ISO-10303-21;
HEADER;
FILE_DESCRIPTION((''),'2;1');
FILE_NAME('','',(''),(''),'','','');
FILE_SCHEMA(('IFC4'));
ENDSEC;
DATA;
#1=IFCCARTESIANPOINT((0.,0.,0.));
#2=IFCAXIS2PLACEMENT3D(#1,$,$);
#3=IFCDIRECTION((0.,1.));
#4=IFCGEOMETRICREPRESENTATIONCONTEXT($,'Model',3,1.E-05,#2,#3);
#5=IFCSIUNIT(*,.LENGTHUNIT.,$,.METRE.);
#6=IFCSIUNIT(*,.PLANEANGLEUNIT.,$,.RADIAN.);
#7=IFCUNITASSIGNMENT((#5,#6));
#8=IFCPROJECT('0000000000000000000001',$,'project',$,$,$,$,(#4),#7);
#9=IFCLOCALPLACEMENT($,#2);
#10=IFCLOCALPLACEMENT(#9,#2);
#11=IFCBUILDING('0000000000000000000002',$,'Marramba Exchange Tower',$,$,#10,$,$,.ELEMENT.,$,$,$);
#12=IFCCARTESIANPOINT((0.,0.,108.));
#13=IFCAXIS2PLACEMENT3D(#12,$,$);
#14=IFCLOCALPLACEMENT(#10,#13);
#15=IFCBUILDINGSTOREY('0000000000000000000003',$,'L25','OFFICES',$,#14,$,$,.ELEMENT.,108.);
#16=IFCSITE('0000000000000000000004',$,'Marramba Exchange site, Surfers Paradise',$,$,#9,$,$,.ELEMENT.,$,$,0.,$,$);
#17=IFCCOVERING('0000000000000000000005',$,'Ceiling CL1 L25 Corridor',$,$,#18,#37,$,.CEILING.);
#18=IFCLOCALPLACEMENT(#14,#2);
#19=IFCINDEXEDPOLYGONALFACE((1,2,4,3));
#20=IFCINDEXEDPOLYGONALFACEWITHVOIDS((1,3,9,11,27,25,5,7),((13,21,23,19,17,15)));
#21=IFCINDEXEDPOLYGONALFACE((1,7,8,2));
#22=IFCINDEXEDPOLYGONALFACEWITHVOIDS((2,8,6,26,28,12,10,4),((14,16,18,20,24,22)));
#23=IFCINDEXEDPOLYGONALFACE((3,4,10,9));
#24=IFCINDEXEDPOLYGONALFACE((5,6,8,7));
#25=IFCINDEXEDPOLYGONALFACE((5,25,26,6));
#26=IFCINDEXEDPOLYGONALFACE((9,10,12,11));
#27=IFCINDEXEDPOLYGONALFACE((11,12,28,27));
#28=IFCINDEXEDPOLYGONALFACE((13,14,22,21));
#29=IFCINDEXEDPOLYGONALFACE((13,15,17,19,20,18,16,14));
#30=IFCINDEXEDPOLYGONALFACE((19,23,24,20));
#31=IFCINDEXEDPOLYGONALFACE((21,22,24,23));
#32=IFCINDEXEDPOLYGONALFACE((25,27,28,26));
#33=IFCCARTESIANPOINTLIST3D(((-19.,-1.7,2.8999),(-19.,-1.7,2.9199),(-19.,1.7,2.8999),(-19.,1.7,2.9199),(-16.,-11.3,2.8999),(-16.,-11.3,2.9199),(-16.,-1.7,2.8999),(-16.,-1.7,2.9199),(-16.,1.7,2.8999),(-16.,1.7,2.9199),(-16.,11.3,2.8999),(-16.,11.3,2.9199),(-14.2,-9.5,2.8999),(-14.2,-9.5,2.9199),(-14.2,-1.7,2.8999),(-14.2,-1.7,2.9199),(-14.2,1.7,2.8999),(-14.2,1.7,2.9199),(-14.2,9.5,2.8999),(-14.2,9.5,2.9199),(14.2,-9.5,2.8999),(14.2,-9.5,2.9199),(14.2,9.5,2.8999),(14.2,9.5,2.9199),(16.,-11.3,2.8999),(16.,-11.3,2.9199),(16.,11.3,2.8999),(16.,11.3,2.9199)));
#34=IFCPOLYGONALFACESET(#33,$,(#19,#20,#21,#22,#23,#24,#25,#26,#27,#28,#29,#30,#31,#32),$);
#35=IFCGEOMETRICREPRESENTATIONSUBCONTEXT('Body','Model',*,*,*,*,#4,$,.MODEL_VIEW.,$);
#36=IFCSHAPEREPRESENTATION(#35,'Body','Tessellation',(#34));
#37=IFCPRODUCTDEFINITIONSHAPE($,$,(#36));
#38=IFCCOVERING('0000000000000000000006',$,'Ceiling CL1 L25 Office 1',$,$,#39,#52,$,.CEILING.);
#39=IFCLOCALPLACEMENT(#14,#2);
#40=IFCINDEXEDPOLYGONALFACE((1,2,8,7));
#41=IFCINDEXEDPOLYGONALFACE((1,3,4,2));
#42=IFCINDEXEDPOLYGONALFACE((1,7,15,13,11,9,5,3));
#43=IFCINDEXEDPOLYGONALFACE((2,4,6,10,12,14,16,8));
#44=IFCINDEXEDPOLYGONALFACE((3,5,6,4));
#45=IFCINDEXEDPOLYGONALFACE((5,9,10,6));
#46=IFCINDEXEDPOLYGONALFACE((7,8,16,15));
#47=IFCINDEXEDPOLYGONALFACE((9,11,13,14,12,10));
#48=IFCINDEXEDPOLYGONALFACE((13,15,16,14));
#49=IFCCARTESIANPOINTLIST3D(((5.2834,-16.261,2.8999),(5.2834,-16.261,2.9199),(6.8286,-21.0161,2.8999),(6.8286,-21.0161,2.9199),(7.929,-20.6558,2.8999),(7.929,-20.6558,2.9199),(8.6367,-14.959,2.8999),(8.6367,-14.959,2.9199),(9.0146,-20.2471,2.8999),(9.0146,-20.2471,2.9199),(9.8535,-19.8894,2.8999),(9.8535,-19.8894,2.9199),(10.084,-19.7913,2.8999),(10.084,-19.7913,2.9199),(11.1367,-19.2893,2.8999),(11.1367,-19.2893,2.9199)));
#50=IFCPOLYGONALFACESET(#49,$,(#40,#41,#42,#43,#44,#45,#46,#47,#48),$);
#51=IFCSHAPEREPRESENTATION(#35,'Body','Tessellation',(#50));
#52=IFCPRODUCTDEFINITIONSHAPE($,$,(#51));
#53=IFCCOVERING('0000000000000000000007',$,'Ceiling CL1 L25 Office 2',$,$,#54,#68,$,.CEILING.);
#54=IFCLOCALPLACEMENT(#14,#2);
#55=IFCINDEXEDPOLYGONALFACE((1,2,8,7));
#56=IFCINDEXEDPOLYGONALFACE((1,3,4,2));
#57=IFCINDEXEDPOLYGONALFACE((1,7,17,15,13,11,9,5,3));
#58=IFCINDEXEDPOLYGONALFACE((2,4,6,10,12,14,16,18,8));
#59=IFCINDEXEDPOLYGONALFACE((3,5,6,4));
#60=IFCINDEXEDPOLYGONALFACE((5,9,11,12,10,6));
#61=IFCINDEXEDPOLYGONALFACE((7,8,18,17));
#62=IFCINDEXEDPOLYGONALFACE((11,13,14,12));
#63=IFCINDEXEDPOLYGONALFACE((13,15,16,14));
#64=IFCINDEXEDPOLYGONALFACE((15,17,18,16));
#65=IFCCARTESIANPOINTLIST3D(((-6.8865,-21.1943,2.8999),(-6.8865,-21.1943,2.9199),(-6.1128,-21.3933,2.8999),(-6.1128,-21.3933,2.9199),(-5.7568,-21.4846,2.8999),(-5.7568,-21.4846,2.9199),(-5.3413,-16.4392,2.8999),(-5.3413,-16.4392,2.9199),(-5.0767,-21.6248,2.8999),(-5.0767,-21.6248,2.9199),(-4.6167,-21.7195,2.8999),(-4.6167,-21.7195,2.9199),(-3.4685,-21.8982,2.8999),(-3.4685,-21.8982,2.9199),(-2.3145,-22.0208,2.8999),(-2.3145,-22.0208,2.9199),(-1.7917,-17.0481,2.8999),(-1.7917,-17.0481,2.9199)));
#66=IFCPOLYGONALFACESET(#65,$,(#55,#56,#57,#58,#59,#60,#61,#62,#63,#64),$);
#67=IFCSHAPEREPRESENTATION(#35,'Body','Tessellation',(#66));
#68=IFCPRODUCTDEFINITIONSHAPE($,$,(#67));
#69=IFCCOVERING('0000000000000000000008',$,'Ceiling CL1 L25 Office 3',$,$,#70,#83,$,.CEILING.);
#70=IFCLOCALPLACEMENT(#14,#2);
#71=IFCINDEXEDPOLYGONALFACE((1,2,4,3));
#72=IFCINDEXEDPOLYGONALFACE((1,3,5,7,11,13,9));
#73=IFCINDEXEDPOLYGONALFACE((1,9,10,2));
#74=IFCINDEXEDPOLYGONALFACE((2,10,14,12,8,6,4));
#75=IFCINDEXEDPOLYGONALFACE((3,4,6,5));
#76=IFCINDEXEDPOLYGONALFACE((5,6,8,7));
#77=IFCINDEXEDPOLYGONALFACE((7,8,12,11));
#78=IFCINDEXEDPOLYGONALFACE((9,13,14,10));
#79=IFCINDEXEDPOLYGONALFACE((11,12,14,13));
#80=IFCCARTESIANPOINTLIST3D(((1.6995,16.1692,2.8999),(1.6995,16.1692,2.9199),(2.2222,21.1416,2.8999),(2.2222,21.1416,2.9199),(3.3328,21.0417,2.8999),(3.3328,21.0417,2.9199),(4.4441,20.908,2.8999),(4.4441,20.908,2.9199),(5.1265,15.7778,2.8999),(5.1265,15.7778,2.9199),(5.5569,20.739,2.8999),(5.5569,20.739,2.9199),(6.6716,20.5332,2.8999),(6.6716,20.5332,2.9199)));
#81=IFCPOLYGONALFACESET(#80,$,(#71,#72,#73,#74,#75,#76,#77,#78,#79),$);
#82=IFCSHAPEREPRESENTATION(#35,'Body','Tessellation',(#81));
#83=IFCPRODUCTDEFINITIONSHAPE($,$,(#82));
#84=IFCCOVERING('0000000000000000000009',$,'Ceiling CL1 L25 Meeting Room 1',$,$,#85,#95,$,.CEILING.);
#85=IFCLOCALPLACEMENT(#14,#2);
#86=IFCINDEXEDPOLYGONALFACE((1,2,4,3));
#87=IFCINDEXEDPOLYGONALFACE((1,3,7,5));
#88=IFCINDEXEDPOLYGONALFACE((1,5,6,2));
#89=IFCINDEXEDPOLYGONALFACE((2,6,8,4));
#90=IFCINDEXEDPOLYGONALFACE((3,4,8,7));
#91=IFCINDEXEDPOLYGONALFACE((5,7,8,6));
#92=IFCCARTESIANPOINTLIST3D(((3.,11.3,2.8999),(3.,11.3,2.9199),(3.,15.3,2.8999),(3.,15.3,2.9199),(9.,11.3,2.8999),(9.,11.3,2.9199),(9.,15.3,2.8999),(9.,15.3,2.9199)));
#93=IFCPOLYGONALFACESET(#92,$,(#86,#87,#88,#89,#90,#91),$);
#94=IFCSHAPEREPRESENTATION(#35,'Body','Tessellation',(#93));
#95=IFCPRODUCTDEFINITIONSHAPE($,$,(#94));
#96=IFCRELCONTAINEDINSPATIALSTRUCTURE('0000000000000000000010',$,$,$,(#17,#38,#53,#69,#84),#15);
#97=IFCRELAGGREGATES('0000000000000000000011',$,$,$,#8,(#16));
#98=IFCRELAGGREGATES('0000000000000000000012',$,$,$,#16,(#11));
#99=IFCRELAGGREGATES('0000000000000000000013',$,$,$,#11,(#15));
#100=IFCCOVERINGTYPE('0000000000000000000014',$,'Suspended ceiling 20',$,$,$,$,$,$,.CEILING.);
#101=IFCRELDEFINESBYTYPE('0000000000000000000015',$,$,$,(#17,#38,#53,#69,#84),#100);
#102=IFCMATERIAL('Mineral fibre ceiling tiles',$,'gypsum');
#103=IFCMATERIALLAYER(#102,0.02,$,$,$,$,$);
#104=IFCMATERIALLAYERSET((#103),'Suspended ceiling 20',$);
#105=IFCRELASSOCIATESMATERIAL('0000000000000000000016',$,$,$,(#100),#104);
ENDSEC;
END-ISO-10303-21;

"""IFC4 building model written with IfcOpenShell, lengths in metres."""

from ifc_helpers import new_model, si_unit, direction, frame, origin, place, context, subcontext, project, spatial, polyline, outline, extrude, material, layer, layer_set, type_object, element, save


model = new_model("IFC4")

# Units and contexts
model_context = context("Model", 3, precision=1e-05, world=origin(), true_north=direction((0.0, 1.0)))
body_context = subcontext(model_context, "Body", "Model", "MODEL_VIEW")
ifc_project = project(units=[si_unit("LENGTHUNIT", "METRE"), si_unit("PLANEANGLEUNIT", "RADIAN")], contexts=[model_context])

# Site, building, storey
site_placement = place(None, origin())
site = spatial("IfcSite", under=ifc_project, at=site_placement, Name="Marramba Exchange site, Surfers Paradise", CompositionType="ELEMENT", RefElevation=0.0)
building_placement = place(site_placement, origin())
building = spatial("IfcBuilding", under=site, at=building_placement, Name="Marramba Exchange Tower", CompositionType="ELEMENT")
storey_placement = place(building_placement, frame((0.0, 0.0, 108.0)))
storey = spatial("IfcBuildingStorey", under=building, at=storey_placement, Name="L25", Description="OFFICES", CompositionType="ELEMENT", Elevation=108.0)

# Coverings
ifc_material_1 = material(Name="Mineral fibre ceiling tiles", Category="gypsum")
ifc_layer_1 = layer(ifc_material_1, 0.02)
ifc_layer_set_1 = layer_set([ifc_layer_1], Name="Suspended ceiling 20")
covering_type = type_object("IfcCoveringType", Name="Suspended ceiling 20", PredefinedType="CEILING", material=ifc_layer_set_1)
covering_1_placement = place(storey_placement, frame((0.0, 0.0, 2.8999)))
element("IfcCovering", 1, at=covering_1_placement, inside=storey, type_object=covering_type, Name="Ceiling CL1 L25 Corridor", PredefinedType="CEILING", context=body_context, shape_type="SweptSolid", body=[
    extrude(outline(polyline([(-16.0, 11.3), (16.0, 11.3), (16.0, -11.3), (-16.0, -11.3), (-16.0, -1.7), (-19.0, -1.7), (-19.0, 1.7), (-16.0, 1.7), (-16.0, 11.3)]), holes=[polyline([(14.2, 9.5), (-14.2, 9.5), (-14.2, 1.7), (-14.2, -1.7), (-14.2, -9.5), (14.2, -9.5), (14.2, 9.5)])]), origin(), (0.0, 0.0, 1.0), 0.02),
])
covering_2_placement = place(storey_placement, frame((0.0, 0.0, 2.8999)))
element("IfcCovering", 2, at=covering_2_placement, inside=storey, type_object=covering_type, Name="Ceiling CL1 L25 Office 1", PredefinedType="CEILING", context=body_context, shape_type="SweptSolid", body=[
    extrude(outline(polyline([(10.084, -19.7913), (9.8535, -19.8894), (9.0146, -20.2471), (7.929, -20.6558), (6.8286, -21.0161), (5.2834, -16.261), (8.6367, -14.959), (11.1367, -19.2893), (10.084, -19.7913)])), origin(), (0.0, 0.0, 1.0), 0.02),
])
covering_3_placement = place(storey_placement, frame((0.0, 0.0, 2.8999)))
element("IfcCovering", 3, at=covering_3_placement, inside=storey, type_object=covering_type, Name="Ceiling CL1 L25 Office 2", PredefinedType="CEILING", context=body_context, shape_type="SweptSolid", body=[
    extrude(outline(polyline([(-3.4685, -21.8982), (-4.6167, -21.7195), (-5.0767, -21.6248), (-5.7568, -21.4846), (-6.1128, -21.3933), (-6.8865, -21.1943), (-5.3413, -16.4392), (-1.7917, -17.0481), (-2.3145, -22.0208), (-3.4685, -21.8982)])), origin(), (0.0, 0.0, 1.0), 0.02),
])
covering_4_placement = place(storey_placement, frame((0.0, 0.0, 2.8999)))
element("IfcCovering", 4, at=covering_4_placement, inside=storey, type_object=covering_type, Name="Ceiling CL1 L25 Office 3", PredefinedType="CEILING", context=body_context, shape_type="SweptSolid", body=[
    extrude(outline(polyline([(3.3328, 21.0417), (4.4441, 20.908), (5.5569, 20.739), (6.6716, 20.5332), (5.1265, 15.7778), (1.6995, 16.1692), (2.2222, 21.1416), (3.3328, 21.0417)])), origin(), (0.0, 0.0, 1.0), 0.02),
])
covering_5_placement = place(storey_placement, frame((0.0, 0.0, 2.8999)))
element("IfcCovering", 5, at=covering_5_placement, inside=storey, type_object=covering_type, Name="Ceiling CL1 L25 Meeting Room 1", PredefinedType="CEILING", context=body_context, shape_type="SweptSolid", body=[
    extrude(outline(polyline([(9.0, 11.3), (3.0, 11.3), (3.0, 15.3), (9.0, 15.3), (9.0, 11.3)])), origin(), (0.0, 0.0, 1.0), 0.02),
])

save(model, "model.ifc")
